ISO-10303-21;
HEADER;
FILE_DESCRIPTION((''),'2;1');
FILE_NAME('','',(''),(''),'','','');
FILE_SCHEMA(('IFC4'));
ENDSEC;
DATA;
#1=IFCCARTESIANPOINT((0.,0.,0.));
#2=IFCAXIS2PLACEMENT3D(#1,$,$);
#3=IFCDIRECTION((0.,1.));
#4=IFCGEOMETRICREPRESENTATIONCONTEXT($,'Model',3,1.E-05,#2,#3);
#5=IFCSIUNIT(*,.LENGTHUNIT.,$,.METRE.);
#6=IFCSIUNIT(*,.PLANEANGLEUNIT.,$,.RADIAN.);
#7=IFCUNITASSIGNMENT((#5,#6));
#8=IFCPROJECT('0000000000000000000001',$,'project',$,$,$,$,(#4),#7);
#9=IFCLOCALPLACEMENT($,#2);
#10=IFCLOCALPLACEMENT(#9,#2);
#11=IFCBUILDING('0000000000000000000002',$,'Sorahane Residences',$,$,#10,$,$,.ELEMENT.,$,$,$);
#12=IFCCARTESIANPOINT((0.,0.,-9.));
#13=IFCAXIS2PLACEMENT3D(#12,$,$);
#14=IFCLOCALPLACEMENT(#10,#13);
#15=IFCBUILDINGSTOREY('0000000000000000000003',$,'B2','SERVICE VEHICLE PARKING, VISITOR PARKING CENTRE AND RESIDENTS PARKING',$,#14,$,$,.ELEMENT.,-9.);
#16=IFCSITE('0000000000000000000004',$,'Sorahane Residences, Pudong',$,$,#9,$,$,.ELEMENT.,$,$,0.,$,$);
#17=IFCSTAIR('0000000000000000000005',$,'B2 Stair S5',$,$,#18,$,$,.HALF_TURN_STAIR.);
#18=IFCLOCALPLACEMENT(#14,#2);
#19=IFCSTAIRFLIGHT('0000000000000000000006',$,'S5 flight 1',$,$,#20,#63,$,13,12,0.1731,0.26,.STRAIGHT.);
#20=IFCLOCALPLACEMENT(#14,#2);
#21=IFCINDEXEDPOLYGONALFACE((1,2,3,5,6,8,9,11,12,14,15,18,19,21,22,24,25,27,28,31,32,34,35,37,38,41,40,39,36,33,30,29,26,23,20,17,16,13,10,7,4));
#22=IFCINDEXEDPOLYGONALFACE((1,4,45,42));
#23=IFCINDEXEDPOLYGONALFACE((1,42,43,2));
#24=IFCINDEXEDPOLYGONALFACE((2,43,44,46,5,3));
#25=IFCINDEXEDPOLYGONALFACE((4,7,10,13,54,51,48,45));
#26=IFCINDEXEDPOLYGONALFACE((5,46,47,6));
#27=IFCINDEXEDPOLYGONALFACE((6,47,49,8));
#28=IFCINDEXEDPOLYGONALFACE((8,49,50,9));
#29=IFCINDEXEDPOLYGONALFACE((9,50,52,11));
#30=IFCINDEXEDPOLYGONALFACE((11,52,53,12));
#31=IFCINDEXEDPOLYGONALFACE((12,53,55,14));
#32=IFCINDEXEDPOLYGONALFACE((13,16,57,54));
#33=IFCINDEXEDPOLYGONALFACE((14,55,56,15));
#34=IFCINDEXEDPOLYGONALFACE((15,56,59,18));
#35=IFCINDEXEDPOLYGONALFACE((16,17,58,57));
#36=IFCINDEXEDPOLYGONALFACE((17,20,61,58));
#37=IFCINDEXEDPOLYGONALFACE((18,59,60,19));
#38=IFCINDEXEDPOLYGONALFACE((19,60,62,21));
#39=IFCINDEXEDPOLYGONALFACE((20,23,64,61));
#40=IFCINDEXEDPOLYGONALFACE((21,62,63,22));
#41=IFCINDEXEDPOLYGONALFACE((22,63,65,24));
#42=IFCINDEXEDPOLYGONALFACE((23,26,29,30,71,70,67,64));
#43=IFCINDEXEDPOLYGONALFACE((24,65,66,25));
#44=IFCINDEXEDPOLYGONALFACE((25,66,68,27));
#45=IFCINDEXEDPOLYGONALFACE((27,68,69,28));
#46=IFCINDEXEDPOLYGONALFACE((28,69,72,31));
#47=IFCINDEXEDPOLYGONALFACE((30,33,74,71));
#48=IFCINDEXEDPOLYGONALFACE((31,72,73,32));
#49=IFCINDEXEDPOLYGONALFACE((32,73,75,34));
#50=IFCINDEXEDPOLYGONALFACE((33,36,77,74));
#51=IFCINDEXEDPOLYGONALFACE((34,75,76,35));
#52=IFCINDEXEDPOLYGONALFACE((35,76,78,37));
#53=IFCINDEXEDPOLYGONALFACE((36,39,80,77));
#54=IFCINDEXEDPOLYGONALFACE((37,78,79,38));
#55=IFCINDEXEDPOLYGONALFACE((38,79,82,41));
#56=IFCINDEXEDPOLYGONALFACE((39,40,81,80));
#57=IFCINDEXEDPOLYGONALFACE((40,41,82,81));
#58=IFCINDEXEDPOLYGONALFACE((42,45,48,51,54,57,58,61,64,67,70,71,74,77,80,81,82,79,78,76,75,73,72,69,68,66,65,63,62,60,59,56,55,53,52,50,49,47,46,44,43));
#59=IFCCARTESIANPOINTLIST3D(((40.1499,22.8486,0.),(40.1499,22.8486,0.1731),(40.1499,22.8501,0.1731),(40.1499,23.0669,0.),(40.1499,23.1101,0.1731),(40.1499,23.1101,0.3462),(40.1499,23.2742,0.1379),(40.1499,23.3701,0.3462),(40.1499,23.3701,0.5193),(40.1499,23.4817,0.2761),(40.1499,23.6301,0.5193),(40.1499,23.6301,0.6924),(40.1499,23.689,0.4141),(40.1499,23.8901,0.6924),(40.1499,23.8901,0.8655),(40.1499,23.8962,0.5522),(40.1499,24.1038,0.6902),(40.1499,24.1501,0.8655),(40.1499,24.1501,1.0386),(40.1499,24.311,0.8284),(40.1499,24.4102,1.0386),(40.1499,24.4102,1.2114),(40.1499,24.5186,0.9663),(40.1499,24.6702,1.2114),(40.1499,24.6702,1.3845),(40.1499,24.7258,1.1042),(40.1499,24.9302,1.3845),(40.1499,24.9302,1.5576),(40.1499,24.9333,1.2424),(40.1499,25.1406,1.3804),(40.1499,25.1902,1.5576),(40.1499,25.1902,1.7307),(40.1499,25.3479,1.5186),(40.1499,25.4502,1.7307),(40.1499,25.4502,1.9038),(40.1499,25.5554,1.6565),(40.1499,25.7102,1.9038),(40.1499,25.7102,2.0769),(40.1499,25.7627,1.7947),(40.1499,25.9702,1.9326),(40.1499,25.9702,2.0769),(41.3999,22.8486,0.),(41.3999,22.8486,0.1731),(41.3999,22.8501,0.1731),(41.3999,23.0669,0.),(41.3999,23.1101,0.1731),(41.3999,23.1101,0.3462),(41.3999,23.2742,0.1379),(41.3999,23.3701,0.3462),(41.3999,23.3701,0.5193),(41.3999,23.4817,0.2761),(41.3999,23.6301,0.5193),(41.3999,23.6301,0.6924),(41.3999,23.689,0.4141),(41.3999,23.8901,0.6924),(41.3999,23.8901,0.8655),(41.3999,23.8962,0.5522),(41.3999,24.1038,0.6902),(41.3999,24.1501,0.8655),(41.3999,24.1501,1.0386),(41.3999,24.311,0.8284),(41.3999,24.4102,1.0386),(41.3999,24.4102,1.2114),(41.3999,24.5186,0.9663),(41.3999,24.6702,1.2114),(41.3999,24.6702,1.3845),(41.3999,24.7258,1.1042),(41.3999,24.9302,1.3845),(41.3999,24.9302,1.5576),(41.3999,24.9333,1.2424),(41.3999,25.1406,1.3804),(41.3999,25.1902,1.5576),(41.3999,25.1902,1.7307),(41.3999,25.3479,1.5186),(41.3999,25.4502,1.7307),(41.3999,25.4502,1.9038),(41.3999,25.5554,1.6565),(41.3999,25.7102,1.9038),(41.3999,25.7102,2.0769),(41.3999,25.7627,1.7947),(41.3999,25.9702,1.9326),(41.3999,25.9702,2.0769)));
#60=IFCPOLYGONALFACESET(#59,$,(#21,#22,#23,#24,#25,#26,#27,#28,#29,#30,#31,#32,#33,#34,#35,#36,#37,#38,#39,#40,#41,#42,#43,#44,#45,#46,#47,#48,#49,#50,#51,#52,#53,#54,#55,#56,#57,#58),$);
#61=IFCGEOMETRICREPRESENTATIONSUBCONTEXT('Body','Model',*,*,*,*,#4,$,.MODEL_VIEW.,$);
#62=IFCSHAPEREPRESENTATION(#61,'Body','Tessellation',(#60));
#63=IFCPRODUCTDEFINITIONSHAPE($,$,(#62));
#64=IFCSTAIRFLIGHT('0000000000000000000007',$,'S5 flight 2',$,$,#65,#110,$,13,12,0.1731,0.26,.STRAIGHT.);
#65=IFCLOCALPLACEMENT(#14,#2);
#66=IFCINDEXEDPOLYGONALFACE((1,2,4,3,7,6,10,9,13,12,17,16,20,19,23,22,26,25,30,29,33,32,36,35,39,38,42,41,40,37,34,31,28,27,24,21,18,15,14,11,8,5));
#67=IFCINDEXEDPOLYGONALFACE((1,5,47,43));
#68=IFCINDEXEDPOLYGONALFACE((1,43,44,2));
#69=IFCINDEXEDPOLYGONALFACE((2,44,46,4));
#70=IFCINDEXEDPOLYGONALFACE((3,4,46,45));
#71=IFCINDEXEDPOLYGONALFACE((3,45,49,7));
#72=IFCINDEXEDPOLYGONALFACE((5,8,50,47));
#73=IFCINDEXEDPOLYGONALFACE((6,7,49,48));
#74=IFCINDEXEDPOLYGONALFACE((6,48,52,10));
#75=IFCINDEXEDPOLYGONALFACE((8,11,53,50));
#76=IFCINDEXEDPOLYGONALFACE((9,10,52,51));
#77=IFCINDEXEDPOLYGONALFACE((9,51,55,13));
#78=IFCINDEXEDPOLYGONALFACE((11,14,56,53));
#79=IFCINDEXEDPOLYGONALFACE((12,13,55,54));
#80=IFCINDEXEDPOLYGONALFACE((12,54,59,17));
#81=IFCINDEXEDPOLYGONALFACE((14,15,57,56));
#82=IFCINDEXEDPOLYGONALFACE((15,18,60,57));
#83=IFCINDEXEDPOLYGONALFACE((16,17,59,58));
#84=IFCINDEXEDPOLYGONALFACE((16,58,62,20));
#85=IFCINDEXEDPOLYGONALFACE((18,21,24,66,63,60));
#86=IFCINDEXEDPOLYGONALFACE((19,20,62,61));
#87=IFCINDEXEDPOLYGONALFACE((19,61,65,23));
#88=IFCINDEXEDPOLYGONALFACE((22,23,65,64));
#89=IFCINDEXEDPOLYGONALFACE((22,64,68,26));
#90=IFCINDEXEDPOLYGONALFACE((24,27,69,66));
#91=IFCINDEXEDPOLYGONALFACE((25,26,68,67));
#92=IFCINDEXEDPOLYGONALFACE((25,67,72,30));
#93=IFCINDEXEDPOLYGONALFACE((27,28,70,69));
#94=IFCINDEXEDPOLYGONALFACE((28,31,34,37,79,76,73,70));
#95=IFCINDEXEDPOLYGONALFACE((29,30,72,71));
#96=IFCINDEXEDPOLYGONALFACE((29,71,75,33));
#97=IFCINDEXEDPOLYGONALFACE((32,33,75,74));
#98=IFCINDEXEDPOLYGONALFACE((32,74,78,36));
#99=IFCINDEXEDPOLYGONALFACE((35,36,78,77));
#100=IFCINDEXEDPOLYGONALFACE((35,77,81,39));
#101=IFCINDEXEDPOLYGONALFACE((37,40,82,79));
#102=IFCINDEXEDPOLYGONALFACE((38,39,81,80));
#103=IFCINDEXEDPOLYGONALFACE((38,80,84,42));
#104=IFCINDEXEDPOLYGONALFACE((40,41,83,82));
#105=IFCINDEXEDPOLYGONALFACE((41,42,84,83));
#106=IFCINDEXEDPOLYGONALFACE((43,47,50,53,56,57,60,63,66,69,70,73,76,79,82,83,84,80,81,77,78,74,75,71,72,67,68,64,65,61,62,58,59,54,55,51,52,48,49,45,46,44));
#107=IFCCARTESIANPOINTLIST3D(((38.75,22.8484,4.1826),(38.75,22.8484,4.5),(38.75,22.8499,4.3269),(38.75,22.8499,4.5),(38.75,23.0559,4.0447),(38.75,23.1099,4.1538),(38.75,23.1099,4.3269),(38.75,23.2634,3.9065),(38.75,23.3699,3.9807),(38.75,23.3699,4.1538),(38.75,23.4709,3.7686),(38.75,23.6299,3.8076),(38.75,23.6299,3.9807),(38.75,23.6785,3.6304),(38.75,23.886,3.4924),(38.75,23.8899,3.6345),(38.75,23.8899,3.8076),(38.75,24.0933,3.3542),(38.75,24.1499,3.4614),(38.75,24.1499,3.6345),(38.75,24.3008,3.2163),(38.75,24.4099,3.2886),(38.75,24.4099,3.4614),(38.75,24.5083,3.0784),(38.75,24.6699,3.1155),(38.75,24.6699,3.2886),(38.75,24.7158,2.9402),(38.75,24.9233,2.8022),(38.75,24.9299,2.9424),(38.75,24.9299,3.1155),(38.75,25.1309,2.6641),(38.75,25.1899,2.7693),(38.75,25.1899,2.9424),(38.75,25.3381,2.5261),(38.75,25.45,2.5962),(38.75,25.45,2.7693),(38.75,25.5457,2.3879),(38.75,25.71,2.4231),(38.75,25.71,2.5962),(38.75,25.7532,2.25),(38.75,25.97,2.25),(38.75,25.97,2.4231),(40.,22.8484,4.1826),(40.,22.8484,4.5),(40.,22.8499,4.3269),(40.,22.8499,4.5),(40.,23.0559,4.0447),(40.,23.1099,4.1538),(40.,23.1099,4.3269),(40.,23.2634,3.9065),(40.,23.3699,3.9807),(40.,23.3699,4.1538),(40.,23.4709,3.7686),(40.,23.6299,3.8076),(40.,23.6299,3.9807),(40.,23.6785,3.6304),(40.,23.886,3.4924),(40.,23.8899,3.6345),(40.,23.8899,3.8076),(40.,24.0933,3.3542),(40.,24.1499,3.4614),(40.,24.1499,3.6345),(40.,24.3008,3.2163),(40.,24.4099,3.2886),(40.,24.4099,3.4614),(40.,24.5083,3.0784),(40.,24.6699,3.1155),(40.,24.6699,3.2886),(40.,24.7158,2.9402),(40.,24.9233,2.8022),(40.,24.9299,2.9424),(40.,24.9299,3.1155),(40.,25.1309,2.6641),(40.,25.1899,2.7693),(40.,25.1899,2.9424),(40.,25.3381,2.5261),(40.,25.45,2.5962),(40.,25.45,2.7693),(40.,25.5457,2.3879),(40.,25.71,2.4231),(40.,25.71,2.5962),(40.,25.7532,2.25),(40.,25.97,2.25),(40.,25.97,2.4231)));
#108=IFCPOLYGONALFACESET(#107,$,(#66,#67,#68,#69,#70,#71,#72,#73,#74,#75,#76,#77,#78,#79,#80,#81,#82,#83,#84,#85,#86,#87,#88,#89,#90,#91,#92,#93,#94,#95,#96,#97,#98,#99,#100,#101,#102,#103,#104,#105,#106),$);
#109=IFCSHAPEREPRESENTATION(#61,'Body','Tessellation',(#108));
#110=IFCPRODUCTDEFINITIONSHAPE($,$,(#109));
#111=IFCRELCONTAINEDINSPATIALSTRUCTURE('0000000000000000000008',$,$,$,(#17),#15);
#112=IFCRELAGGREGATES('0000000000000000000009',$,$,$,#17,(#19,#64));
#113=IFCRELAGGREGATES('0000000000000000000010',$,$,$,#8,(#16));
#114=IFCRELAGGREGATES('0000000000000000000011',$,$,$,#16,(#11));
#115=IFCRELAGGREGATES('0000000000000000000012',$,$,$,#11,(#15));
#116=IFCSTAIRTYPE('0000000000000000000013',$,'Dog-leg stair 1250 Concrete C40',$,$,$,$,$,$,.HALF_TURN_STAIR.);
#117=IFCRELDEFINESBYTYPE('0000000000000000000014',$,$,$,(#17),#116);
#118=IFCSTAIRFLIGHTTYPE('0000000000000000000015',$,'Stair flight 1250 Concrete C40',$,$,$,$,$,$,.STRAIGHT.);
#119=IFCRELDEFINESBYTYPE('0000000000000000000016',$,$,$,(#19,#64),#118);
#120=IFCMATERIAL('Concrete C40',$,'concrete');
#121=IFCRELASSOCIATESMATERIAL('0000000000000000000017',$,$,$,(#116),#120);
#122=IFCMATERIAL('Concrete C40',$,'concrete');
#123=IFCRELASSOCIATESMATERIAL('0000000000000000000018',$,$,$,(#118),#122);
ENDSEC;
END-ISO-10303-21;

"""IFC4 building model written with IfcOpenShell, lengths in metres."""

from ifc_helpers import new_model, si_unit, direction, frame, origin, place, context, subcontext, project, spatial, polyline, outline, extrude, material, type_object, element, aggregate, save


model = new_model("IFC4")

# Units and contexts
model_context = context("Model", 3, precision=1e-05, world=origin(), true_north=direction((0.0, 1.0)))
body_context = subcontext(model_context, "Body", "Model", "MODEL_VIEW")
ifc_project = project(units=[si_unit("LENGTHUNIT", "METRE"), si_unit("PLANEANGLEUNIT", "RADIAN")], contexts=[model_context])

# Site, building, storey
site_placement = place(None, origin())
site = spatial("IfcSite", under=ifc_project, at=site_placement, Name="Sorahane Residences, Pudong", CompositionType="ELEMENT", RefElevation=0.0)
building_placement = place(site_placement, origin())
building = spatial("IfcBuilding", under=site, at=building_placement, Name="Sorahane Residences", CompositionType="ELEMENT")
storey_placement = place(building_placement, frame((0.0, 0.0, -9.0)))
storey = spatial("IfcBuildingStorey", under=building, at=storey_placement, Name="B2", Description="SERVICE VEHICLE PARKING, VISITOR PARKING CENTRE AND RESIDENTS PARKING", CompositionType="ELEMENT", Elevation=-9.0)

# Stair, stair flights
ifc_material_1 = material(Name="Concrete C40", Category="concrete")
stair_type = type_object("IfcStairType", Name="Dog-leg stair 1250 Concrete C40", PredefinedType="HALF_TURN_STAIR", material=ifc_material_1)
stair_placement = place(storey_placement, origin())
stair = element("IfcStair", 1, at=stair_placement, inside=storey, type_object=stair_type, Name="B2 Stair S5", PredefinedType="HALF_TURN_STAIR")
ifc_material_2 = material(Name="Concrete C40", Category="concrete")
stair_flight_type = type_object("IfcStairFlightType", Name="Stair flight 1250 Concrete C40", PredefinedType="STRAIGHT", material=ifc_material_2)
stair_flight_1_placement = place(storey_placement, frame((40.7749, 22.8501, 0.0), z_axis=(0.0, 0.0, 1.0), x_axis=(0.0, 1.0, 0.0)))
stair_flight_1 = element("IfcStairFlight", 2, at=stair_flight_1_placement, type_object=stair_flight_type, Name="S5 flight 1", NumberOfRisers=13, NumberOfTreads=12, PredefinedType="STRAIGHT", RiserHeight=0.1731, TreadLength=0.26, context=body_context, shape_type="SweptSolid", body=[
    extrude(outline(polyline([(-0.0015, 0.0), (-0.0015, 0.1731), (0.0, 0.1731), (0.26, 0.1731), (0.26, 0.3462), (0.52, 0.3462), (0.52, 0.5193), (0.78, 0.5193), (0.78, 0.6924), (1.04, 0.6924), (1.04, 0.8655), (1.3, 0.8655), (1.3, 1.0386), (1.5601, 1.0386), (1.5601, 1.2114), (1.8201, 1.2114), (1.8201, 1.3845), (2.0801, 1.3845), (2.0801, 1.5576), (2.3401, 1.5576), (2.3401, 1.7307), (2.6001, 1.7307), (2.6001, 1.9038), (2.8601, 1.9038), (2.8601, 2.0769), (3.1201, 2.0769), (3.1201, 2.25), (3.1201, 1.9326), (2.9126, 1.7947), (2.7053, 1.6565), (2.4978, 1.5186), (2.2905, 1.3804), (2.0833, 1.2424), (1.8757, 1.1042), (1.6685, 0.9663), (1.4609, 0.8284), (1.2537, 0.6902), (1.0461, 0.5522), (0.8389, 0.4141), (0.6316, 0.2761), (0.4241, 0.1379), (0.2168, 0.0), (-0.0015, 0.0)])), frame((0.0, 0.625, 0.0), z_axis=(0.0, -1.0, 0.0), x_axis=(1.0, 0.0, 0.0)), (0.0, 0.0, 1.0), 1.25),
])
stair_flight_2_placement = place(storey_placement, frame((39.375, 25.97, 2.25), z_axis=(0.0, 0.0, 1.0), x_axis=(0.0, -1.0, 0.0)))
stair_flight_2 = element("IfcStairFlight", 3, at=stair_flight_2_placement, type_object=stair_flight_type, Name="S5 flight 2", NumberOfRisers=13, NumberOfTreads=12, PredefinedType="STRAIGHT", RiserHeight=0.1731, TreadLength=0.26, context=body_context, shape_type="SweptSolid", body=[
    extrude(outline(polyline([(0.0, 0.0), (0.0, 0.1731), (0.26, 0.1731), (0.26, 0.3462), (0.52, 0.3462), (0.52, 0.5193), (0.78, 0.5193), (0.78, 0.6924), (1.04, 0.6924), (1.04, 0.8655), (1.3, 0.8655), (1.3, 1.0386), (1.5601, 1.0386), (1.5601, 1.2114), (1.8201, 1.2114), (1.8201, 1.3845), (2.0801, 1.3845), (2.0801, 1.5576), (2.3401, 1.5576), (2.3401, 1.7307), (2.6001, 1.7307), (2.6001, 1.9038), (2.8601, 1.9038), (2.8601, 2.0769), (3.1201, 2.0769), (3.1201, 2.25), (3.1216, 2.25), (3.1216, 1.9326), (2.9141, 1.7947), (2.7065, 1.6565), (2.499, 1.5186), (2.2915, 1.3804), (2.084, 1.2424), (1.8767, 1.1042), (1.6692, 0.9663), (1.4617, 0.8284), (1.2542, 0.6902), (1.0466, 0.5522), (0.8391, 0.4141), (0.6318, 0.2761), (0.4243, 0.1379), (0.2168, 0.0), (0.0, 0.0)])), frame((0.0, 0.625, 0.0), z_axis=(0.0, -1.0, 0.0), x_axis=(1.0, 0.0, 0.0)), (0.0, 0.0, 1.0), 1.25),
])
aggregate(stair, [stair_flight_1, stair_flight_2])

save(model, "model.ifc")
